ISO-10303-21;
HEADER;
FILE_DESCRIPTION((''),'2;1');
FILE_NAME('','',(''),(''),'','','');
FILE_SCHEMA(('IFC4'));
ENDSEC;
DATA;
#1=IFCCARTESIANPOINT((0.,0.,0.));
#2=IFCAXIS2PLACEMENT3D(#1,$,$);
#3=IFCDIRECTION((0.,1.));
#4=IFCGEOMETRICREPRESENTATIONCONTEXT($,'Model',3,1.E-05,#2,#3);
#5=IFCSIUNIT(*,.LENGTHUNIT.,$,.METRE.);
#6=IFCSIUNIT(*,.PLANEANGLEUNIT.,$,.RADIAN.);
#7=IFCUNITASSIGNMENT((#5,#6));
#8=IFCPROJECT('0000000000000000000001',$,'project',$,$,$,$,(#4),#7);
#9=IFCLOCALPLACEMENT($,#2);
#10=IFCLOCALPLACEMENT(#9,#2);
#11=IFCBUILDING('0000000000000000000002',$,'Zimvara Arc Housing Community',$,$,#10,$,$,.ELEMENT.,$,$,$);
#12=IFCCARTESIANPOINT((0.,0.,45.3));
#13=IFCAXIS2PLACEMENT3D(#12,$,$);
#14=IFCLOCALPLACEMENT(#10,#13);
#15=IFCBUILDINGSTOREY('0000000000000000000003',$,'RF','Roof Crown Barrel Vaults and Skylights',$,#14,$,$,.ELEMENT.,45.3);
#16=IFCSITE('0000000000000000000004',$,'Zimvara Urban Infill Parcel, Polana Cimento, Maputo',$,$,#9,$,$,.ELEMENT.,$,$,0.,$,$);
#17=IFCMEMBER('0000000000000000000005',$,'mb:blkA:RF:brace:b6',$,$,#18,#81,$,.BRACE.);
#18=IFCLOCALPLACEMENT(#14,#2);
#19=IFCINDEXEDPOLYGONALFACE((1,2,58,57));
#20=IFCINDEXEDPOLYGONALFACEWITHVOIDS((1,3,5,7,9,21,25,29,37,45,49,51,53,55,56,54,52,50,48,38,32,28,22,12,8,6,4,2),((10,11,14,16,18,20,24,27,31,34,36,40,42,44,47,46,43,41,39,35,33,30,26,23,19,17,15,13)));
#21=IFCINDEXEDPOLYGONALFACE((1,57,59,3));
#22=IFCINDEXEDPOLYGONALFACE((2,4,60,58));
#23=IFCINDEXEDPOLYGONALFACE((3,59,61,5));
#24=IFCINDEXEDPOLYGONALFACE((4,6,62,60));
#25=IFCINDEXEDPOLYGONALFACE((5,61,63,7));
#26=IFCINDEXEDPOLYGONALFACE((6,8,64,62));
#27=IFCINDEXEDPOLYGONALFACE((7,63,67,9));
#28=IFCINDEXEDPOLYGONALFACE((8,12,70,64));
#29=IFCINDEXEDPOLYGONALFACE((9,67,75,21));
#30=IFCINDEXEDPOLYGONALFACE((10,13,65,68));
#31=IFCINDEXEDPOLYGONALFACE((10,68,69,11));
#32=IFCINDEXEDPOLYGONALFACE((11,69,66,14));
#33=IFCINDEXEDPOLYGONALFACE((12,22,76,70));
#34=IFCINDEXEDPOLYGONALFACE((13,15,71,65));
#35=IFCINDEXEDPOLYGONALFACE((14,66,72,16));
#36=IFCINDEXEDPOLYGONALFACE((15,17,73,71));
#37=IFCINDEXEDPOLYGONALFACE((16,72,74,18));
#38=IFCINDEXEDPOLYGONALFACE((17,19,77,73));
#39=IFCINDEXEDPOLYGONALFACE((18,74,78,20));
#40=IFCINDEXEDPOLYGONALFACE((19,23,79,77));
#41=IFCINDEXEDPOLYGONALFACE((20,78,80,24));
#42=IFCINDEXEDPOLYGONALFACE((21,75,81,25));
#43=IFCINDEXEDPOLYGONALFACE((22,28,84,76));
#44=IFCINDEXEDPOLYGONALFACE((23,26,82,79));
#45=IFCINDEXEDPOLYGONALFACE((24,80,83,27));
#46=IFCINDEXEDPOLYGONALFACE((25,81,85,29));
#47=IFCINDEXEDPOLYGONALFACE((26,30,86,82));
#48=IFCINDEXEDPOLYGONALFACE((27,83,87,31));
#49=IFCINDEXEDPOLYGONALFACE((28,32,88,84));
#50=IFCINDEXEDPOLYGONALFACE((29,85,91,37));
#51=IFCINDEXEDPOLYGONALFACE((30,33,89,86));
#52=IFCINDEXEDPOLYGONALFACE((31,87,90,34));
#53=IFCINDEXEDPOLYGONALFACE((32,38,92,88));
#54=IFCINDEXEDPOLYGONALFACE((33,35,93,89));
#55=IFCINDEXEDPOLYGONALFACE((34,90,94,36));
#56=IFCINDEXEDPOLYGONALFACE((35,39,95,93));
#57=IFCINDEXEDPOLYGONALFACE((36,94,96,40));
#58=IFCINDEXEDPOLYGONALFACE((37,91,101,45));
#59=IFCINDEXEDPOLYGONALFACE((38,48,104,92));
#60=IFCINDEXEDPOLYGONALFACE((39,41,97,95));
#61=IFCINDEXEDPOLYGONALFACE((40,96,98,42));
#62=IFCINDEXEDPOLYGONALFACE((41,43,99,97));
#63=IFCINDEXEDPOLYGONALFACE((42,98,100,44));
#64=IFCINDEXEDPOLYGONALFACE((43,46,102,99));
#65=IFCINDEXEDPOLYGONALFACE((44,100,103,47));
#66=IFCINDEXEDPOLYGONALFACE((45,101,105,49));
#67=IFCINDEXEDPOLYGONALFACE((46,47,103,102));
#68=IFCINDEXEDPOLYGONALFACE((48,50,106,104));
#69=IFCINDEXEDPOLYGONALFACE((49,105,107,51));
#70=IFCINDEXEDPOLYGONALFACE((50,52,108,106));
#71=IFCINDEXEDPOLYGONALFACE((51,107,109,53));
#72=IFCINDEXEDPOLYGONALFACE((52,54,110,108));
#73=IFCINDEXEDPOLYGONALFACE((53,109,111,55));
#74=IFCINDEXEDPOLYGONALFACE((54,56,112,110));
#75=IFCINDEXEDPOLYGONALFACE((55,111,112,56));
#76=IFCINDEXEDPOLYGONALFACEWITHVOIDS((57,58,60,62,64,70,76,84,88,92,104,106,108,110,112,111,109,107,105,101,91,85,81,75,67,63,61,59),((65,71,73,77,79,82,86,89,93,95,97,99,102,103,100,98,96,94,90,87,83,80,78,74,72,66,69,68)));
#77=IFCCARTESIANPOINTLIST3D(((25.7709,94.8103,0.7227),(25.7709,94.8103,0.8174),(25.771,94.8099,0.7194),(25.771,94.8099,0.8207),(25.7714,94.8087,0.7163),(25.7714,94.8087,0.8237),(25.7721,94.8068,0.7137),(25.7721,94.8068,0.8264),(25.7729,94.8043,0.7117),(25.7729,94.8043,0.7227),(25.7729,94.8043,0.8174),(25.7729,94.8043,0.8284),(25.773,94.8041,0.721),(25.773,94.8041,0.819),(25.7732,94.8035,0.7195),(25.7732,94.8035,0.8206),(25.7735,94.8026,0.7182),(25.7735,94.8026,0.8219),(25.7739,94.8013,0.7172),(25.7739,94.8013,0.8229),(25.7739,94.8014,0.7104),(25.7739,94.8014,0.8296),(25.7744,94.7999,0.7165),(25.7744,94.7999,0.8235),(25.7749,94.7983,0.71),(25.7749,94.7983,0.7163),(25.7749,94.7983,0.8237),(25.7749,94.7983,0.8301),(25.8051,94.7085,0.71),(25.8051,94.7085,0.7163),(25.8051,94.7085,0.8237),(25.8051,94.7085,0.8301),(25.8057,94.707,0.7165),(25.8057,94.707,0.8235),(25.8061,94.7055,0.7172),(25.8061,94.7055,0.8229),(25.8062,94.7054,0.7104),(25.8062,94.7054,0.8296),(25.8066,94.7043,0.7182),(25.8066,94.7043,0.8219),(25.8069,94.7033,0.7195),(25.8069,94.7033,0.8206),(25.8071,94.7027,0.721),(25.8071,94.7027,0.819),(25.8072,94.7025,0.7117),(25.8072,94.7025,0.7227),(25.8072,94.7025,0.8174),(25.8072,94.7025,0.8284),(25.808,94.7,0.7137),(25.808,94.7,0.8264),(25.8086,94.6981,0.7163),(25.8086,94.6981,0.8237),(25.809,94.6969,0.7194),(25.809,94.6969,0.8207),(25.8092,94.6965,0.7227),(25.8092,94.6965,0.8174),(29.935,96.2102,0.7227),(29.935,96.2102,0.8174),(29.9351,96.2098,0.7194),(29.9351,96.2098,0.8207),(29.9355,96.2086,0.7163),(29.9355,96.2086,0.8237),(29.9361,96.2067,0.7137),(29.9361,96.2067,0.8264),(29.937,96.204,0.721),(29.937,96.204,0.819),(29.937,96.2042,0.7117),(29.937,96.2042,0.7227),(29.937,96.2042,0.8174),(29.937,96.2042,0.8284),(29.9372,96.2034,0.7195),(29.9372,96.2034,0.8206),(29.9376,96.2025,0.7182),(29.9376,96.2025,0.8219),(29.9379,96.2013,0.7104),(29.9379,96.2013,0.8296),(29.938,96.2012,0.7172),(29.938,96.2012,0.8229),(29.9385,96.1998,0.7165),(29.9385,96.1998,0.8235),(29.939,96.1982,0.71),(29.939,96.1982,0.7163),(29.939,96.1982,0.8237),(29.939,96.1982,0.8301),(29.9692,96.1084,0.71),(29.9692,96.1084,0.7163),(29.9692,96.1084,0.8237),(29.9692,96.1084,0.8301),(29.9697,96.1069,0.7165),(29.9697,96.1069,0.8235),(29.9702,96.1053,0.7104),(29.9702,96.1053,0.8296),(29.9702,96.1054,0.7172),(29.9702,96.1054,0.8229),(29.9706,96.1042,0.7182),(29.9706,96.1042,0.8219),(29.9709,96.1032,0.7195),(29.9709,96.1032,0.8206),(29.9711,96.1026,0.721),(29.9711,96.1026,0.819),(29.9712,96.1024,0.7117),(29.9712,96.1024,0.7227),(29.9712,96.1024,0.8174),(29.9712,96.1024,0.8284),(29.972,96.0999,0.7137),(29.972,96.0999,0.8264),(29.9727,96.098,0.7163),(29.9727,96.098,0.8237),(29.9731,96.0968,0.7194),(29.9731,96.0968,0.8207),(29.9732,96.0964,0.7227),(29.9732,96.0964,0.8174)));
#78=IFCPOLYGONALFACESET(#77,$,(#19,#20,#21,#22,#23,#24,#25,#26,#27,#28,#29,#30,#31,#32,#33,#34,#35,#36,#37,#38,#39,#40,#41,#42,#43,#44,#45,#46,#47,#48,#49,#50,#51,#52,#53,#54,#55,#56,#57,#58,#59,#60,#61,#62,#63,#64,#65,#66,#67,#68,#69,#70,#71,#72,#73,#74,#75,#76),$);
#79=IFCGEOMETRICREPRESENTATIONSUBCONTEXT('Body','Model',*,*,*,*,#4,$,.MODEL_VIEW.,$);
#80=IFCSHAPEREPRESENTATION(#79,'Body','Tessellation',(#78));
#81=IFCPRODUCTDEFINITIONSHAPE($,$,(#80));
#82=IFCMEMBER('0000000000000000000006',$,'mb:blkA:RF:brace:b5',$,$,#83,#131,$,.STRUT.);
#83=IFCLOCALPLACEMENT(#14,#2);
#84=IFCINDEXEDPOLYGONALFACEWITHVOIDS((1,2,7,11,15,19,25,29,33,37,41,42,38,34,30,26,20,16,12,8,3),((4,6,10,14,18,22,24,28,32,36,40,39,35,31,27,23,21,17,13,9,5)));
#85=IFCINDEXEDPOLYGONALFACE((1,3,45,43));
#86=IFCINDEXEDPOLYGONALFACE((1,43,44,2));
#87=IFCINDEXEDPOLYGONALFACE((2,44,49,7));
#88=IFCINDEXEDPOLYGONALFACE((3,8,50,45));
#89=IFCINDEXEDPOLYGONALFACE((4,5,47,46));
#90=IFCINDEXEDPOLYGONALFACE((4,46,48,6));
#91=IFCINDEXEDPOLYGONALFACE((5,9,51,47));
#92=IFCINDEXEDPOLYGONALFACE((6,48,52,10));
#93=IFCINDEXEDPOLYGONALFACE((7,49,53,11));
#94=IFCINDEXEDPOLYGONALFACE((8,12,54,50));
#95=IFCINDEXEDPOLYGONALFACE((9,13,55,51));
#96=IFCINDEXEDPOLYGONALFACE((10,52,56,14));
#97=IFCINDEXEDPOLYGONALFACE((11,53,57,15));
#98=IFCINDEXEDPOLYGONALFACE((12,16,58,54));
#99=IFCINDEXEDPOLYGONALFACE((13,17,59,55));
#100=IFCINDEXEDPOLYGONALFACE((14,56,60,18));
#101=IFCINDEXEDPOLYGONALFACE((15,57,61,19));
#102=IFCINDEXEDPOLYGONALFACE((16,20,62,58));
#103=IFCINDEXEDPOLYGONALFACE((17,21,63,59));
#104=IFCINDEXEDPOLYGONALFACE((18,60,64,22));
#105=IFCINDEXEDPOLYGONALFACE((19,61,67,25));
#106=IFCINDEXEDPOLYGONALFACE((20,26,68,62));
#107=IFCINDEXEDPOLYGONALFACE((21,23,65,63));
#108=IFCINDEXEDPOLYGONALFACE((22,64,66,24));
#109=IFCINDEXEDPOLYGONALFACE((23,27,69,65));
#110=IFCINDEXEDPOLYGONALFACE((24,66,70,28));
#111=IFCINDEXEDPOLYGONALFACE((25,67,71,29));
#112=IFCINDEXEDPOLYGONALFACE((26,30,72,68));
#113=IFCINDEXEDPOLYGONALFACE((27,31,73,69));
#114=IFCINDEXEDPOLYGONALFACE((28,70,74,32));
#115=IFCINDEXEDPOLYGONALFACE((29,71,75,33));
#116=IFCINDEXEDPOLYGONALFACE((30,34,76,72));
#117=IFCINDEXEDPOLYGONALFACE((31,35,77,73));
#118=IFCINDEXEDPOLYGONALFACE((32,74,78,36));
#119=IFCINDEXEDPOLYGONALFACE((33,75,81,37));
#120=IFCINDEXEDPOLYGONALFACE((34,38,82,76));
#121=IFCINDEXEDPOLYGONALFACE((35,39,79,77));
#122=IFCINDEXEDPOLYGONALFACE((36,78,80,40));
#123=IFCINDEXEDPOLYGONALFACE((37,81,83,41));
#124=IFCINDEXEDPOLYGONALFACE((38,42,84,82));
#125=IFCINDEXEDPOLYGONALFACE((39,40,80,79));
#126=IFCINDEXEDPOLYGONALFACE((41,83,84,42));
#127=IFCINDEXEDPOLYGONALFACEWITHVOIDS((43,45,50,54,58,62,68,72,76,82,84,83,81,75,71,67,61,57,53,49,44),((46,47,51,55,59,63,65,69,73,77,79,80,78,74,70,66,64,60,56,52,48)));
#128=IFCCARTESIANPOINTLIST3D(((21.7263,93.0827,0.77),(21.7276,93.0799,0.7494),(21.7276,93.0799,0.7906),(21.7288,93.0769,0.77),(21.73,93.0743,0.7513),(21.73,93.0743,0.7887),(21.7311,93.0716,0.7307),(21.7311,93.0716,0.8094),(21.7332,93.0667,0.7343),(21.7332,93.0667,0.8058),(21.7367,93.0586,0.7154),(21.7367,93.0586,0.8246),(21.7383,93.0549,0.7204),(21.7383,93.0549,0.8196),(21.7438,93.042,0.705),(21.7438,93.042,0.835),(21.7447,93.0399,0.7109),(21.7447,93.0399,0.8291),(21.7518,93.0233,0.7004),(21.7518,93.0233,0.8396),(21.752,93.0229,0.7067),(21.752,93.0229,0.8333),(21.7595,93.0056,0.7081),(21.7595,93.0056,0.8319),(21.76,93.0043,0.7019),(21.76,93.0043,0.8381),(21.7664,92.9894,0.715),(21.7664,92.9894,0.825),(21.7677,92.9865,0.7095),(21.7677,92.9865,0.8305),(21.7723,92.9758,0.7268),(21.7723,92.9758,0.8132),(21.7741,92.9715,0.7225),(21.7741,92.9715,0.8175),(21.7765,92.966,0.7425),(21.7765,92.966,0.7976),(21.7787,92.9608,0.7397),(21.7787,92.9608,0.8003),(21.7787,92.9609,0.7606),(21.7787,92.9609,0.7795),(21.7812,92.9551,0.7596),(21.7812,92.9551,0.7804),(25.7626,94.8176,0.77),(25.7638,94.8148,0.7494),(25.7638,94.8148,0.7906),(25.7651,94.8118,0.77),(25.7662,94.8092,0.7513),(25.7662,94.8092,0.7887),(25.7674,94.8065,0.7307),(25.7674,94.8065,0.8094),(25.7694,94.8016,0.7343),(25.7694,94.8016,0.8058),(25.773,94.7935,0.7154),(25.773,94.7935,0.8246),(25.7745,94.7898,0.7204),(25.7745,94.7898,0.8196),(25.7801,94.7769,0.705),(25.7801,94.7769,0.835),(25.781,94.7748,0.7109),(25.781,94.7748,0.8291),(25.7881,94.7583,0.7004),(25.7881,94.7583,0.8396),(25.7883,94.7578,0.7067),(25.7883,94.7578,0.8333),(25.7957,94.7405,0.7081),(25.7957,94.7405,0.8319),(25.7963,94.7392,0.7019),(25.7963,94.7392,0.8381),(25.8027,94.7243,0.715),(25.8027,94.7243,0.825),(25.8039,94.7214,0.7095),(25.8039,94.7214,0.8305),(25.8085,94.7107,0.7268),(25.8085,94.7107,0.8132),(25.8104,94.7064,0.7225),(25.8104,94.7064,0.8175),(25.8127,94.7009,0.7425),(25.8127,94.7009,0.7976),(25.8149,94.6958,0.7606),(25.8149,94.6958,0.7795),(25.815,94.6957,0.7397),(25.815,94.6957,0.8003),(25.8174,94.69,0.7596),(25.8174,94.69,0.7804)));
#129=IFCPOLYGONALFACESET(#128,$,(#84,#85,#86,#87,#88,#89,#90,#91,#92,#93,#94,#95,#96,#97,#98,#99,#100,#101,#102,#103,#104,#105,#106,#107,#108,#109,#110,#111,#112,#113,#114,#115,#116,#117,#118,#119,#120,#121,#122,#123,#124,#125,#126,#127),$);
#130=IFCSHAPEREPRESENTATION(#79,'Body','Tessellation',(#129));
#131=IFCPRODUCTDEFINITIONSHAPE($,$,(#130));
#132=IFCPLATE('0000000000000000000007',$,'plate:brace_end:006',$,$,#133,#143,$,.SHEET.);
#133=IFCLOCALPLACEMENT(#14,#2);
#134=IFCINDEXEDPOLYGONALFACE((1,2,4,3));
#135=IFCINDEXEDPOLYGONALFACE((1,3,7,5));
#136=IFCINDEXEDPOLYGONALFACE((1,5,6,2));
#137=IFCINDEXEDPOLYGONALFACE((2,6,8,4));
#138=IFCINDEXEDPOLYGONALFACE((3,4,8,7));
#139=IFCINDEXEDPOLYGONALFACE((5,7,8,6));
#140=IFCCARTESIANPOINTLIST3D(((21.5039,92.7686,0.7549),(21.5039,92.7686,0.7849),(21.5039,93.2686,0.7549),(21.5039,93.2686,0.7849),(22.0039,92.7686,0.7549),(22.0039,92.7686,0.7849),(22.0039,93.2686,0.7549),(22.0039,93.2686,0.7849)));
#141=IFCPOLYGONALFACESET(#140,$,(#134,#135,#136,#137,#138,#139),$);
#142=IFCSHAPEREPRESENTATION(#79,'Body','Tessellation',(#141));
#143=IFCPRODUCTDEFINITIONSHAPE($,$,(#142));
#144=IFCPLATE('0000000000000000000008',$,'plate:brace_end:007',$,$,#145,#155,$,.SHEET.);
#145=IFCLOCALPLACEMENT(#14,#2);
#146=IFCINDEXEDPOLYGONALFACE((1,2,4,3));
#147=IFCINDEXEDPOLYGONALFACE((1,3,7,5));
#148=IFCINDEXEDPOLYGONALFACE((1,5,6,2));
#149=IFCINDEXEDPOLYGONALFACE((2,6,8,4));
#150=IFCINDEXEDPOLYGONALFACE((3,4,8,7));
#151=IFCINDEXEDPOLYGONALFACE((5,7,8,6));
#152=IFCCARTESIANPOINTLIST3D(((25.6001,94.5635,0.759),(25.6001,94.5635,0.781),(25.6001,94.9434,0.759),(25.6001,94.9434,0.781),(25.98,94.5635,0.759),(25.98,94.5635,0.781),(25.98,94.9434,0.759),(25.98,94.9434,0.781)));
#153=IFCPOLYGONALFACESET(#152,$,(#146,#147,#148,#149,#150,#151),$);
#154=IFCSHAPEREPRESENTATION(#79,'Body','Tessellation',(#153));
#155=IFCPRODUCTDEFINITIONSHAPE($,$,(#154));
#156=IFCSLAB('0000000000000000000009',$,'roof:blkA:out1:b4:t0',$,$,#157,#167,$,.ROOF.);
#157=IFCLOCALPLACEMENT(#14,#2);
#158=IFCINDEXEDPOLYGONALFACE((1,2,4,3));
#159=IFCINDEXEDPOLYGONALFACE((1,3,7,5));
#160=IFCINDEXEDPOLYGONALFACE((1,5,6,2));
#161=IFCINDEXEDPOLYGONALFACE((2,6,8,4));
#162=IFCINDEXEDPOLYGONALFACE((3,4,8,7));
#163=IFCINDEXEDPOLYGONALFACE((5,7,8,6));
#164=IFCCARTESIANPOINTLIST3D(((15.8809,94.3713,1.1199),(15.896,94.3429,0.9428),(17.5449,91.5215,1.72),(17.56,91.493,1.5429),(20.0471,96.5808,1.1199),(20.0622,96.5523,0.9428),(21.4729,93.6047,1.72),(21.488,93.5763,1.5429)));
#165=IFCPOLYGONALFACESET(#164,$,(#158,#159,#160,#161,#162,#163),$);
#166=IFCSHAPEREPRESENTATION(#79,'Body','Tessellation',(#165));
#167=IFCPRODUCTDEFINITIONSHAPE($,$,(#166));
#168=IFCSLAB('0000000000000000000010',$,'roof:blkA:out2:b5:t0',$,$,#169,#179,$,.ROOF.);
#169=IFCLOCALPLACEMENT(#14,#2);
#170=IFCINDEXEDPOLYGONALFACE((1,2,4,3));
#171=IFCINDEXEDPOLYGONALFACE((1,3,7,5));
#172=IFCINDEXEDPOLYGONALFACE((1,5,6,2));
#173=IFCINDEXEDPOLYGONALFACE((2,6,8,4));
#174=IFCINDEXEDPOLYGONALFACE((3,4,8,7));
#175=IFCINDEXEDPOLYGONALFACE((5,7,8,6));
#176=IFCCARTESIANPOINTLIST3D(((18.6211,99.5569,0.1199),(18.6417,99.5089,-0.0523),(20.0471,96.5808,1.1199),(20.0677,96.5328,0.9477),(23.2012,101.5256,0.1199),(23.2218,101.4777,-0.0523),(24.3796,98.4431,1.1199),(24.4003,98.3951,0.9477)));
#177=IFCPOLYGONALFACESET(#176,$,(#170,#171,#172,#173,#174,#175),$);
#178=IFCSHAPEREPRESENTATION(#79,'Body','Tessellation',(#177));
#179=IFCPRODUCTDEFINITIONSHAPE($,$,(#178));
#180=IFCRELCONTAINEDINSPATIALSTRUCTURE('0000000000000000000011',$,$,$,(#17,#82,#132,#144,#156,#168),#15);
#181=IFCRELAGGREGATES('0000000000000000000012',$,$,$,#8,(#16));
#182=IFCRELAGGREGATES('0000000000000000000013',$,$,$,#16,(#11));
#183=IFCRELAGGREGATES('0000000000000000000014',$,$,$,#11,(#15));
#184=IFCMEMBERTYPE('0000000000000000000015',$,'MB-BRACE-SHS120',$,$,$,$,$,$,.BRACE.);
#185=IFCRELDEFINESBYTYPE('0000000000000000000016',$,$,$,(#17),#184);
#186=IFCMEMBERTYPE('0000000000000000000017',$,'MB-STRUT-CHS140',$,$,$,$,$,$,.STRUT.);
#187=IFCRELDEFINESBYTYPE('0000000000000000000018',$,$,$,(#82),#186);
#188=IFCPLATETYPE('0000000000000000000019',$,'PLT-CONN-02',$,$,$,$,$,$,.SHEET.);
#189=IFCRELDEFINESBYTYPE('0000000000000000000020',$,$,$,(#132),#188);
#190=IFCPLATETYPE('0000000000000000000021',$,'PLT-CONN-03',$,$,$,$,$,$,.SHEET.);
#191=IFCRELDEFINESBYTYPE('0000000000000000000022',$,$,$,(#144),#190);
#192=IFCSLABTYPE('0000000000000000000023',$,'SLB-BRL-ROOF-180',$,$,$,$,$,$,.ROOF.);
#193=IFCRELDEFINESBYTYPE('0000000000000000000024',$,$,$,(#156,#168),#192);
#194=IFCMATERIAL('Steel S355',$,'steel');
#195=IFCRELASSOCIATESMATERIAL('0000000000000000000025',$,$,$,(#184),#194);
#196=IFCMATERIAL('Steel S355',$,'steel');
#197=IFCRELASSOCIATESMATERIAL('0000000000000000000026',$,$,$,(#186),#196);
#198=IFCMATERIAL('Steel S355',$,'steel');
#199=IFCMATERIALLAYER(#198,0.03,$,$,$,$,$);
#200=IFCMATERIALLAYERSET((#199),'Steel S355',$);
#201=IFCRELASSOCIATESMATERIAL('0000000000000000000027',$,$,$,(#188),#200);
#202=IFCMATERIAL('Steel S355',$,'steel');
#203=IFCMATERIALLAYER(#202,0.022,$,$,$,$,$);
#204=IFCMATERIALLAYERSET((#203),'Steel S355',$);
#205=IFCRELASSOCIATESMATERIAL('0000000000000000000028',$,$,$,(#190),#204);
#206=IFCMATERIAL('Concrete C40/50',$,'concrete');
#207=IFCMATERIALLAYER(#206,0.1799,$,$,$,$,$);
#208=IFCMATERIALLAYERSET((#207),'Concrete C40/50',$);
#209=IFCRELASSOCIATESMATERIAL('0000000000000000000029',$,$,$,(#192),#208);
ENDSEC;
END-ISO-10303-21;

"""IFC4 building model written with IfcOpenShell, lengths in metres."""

from ifc_helpers import new_model, si_unit, direction, frame, origin, origin_2d, place, context, subcontext, project, spatial, polyline, rectangle, hollow_rectangle, hollow_circle, outline, extrude, material, layer, layer_set, material_profile, profile_set, type_object, element, save


model = new_model("IFC4")

# Units and contexts
model_context = context("Model", 3, precision=1e-05, world=origin(), true_north=direction((0.0, 1.0)))
body_context = subcontext(model_context, "Body", "Model", "MODEL_VIEW")
ifc_project = project(units=[si_unit("LENGTHUNIT", "METRE"), si_unit("PLANEANGLEUNIT", "RADIAN")], contexts=[model_context])

# Site, building, storey
site_placement = place(None, origin())
site = spatial("IfcSite", under=ifc_project, at=site_placement, Name="Zimvara Urban Infill Parcel, Polana Cimento, Maputo", CompositionType="ELEMENT", RefElevation=0.0)
building_placement = place(site_placement, origin())
building = spatial("IfcBuilding", under=site, at=building_placement, Name="Zimvara Arc Housing Community", CompositionType="ELEMENT")
storey_placement = place(building_placement, frame((0.0, 0.0, 45.3)))
storey = spatial("IfcBuildingStorey", under=building, at=storey_placement, Name="RF", Description="Roof Crown Barrel Vaults and Skylights", CompositionType="ELEMENT", Elevation=45.3)

# Members
ifc_material_1 = material(Name="Steel S355", Category="steel")
ifc_material_profile_1 = material_profile(ifc_material_1, hollow_rectangle(XDim=0.1201, YDim=0.1201, WallThickness=0.0063, InnerFilletRadius=0.0063, OuterFilletRadius=0.0127, at=origin_2d()), Name="SHS 120x120x6.3")
ifc_profile_set_1 = profile_set([ifc_material_profile_1], Name="Steel S355")
member_type_1 = type_object("IfcMemberType", Name="MB-BRACE-SHS120", PredefinedType="BRACE", material=ifc_profile_set_1)
member_1_placement = place(storey_placement, frame((25.79, 94.7534, 0.77), z_axis=(0.947869, 0.318661, 0.0), x_axis=(-0.318661, 0.947869, 0.0)))
element("IfcMember", 1, at=member_1_placement, inside=storey, type_object=member_type_1, Name="mb:blkA:RF:brace:b6", PredefinedType="BRACE", context=body_context, shape_type="SweptSolid", body=[
    extrude(hollow_rectangle(XDim=0.1201, YDim=0.1201, WallThickness=0.0063, InnerFilletRadius=0.0063, OuterFilletRadius=0.0127, at=origin_2d()), origin(), (0.0, 0.0, 1.0), 4.3931),
])
ifc_material_2 = material(Name="Steel S355", Category="steel")
ifc_material_profile_2 = material_profile(ifc_material_2, hollow_circle(Radius=0.0698, WallThickness=0.0063, at=origin_2d()), Name="CHS 139.7x6.3")
ifc_profile_set_2 = profile_set([ifc_material_profile_2], Name="Steel S355")
member_type_2 = type_object("IfcMemberType", Name="MB-STRUT-CHS140", PredefinedType="STRUT", material=ifc_profile_set_2)
member_2_placement = place(storey_placement, frame((21.7539, 93.0186, 0.77), z_axis=(0.918725, 0.394898, 0.0), x_axis=(-0.394898, 0.918725, 0.0)))
element("IfcMember", 2, at=member_2_placement, inside=storey, type_object=member_type_2, Name="mb:blkA:RF:brace:b5", PredefinedType="STRUT", context=body_context, shape_type="SweptSolid", body=[
    extrude(hollow_circle(Radius=0.0698, WallThickness=0.0063, at=origin_2d()), origin(), (0.0, 0.0, 1.0), 4.3933),
])

# Plates
ifc_material_3 = material(Name="Steel S355", Category="steel")
ifc_layer_1 = layer(ifc_material_3, 0.03)
ifc_layer_set_1 = layer_set([ifc_layer_1], Name="Steel S355")
plate_type_1 = type_object("IfcPlateType", Name="PLT-CONN-02", PredefinedType="SHEET", material=ifc_layer_set_1)
plate_1_placement = place(storey_placement, frame((21.7539, 93.0186, 0.7549), z_axis=(0.0, 0.0, 1.0), x_axis=(1.0, 0.0, 0.0)))
element("IfcPlate", 3, at=plate_1_placement, inside=storey, type_object=plate_type_1, Name="plate:brace_end:006", PredefinedType="SHEET", context=body_context, shape_type="SweptSolid", body=[
    extrude(rectangle(XDim=0.5, YDim=0.5, at=origin_2d()), origin(), (0.0, 0.0, 1.0), 0.03),
])
ifc_material_4 = material(Name="Steel S355", Category="steel")
ifc_layer_2 = layer(ifc_material_4, 0.022)
ifc_layer_set_2 = layer_set([ifc_layer_2], Name="Steel S355")
plate_type_2 = type_object("IfcPlateType", Name="PLT-CONN-03", PredefinedType="SHEET", material=ifc_layer_set_2)
plate_2_placement = place(storey_placement, frame((25.79, 94.7534, 0.759), z_axis=(0.0, 0.0, 1.0), x_axis=(1.0, 0.0, 0.0)))
element("IfcPlate", 4, at=plate_2_placement, inside=storey, type_object=plate_type_2, Name="plate:brace_end:007", PredefinedType="SHEET", context=body_context, shape_type="SweptSolid", body=[
    extrude(rectangle(XDim=0.3799, YDim=0.3799, at=origin_2d()), origin(), (0.0, 0.0, 1.0), 0.022),
])

# Slabs
ifc_material_5 = material(Name="Concrete C40/50", Category="concrete")
ifc_layer_3 = layer(ifc_material_5, 0.1799)
ifc_layer_set_3 = layer_set([ifc_layer_3], Name="Concrete C40/50")
slab_type = type_object("IfcSlabType", Name="SLB-BRL-ROOF-180", PredefinedType="ROOF", material=ifc_layer_set_3)
slab_1_placement = place(storey_placement, frame((20.0471, 96.5808, 1.1199), z_axis=(-0.083893, 0.158186, 0.983839), x_axis=(-0.883454, -0.468518, -0.000002)))
element("IfcSlab", 5, at=slab_1_placement, inside=storey, type_object=slab_type, Name="roof:blkA:out1:b4:t0", PredefinedType="ROOF", context=body_context, shape_type="SweptSolid", body=[
    extrude(outline(polyline([(0.0, 0.0), (4.7159, 0.0), (4.581, 3.3515), (0.1347, 3.3514), (0.0, 0.0)])), origin(), (0.0, 0.0, -1.0), 0.1799),
])
slab_2_placement = place(storey_placement, frame((23.2012, 101.5256, 0.1199), z_axis=(-0.114611, 0.266632, 0.95696), x_axis=(-0.918719, -0.394912, 0.000001)))
element("IfcSlab", 6, at=slab_2_placement, inside=storey, type_object=slab_type, Name="roof:blkA:out2:b5:t0", PredefinedType="ROOF", context=body_context, shape_type="SweptSolid", body=[
    extrude(outline(polyline([(0.0, 0.0), (4.9853, 0.0), (4.8505, 3.4456), (0.1346, 3.4457), (0.0, 0.0)])), origin(), (0.0, 0.0, -1.0), 0.1799),
])

save(model, "model.ifc")
